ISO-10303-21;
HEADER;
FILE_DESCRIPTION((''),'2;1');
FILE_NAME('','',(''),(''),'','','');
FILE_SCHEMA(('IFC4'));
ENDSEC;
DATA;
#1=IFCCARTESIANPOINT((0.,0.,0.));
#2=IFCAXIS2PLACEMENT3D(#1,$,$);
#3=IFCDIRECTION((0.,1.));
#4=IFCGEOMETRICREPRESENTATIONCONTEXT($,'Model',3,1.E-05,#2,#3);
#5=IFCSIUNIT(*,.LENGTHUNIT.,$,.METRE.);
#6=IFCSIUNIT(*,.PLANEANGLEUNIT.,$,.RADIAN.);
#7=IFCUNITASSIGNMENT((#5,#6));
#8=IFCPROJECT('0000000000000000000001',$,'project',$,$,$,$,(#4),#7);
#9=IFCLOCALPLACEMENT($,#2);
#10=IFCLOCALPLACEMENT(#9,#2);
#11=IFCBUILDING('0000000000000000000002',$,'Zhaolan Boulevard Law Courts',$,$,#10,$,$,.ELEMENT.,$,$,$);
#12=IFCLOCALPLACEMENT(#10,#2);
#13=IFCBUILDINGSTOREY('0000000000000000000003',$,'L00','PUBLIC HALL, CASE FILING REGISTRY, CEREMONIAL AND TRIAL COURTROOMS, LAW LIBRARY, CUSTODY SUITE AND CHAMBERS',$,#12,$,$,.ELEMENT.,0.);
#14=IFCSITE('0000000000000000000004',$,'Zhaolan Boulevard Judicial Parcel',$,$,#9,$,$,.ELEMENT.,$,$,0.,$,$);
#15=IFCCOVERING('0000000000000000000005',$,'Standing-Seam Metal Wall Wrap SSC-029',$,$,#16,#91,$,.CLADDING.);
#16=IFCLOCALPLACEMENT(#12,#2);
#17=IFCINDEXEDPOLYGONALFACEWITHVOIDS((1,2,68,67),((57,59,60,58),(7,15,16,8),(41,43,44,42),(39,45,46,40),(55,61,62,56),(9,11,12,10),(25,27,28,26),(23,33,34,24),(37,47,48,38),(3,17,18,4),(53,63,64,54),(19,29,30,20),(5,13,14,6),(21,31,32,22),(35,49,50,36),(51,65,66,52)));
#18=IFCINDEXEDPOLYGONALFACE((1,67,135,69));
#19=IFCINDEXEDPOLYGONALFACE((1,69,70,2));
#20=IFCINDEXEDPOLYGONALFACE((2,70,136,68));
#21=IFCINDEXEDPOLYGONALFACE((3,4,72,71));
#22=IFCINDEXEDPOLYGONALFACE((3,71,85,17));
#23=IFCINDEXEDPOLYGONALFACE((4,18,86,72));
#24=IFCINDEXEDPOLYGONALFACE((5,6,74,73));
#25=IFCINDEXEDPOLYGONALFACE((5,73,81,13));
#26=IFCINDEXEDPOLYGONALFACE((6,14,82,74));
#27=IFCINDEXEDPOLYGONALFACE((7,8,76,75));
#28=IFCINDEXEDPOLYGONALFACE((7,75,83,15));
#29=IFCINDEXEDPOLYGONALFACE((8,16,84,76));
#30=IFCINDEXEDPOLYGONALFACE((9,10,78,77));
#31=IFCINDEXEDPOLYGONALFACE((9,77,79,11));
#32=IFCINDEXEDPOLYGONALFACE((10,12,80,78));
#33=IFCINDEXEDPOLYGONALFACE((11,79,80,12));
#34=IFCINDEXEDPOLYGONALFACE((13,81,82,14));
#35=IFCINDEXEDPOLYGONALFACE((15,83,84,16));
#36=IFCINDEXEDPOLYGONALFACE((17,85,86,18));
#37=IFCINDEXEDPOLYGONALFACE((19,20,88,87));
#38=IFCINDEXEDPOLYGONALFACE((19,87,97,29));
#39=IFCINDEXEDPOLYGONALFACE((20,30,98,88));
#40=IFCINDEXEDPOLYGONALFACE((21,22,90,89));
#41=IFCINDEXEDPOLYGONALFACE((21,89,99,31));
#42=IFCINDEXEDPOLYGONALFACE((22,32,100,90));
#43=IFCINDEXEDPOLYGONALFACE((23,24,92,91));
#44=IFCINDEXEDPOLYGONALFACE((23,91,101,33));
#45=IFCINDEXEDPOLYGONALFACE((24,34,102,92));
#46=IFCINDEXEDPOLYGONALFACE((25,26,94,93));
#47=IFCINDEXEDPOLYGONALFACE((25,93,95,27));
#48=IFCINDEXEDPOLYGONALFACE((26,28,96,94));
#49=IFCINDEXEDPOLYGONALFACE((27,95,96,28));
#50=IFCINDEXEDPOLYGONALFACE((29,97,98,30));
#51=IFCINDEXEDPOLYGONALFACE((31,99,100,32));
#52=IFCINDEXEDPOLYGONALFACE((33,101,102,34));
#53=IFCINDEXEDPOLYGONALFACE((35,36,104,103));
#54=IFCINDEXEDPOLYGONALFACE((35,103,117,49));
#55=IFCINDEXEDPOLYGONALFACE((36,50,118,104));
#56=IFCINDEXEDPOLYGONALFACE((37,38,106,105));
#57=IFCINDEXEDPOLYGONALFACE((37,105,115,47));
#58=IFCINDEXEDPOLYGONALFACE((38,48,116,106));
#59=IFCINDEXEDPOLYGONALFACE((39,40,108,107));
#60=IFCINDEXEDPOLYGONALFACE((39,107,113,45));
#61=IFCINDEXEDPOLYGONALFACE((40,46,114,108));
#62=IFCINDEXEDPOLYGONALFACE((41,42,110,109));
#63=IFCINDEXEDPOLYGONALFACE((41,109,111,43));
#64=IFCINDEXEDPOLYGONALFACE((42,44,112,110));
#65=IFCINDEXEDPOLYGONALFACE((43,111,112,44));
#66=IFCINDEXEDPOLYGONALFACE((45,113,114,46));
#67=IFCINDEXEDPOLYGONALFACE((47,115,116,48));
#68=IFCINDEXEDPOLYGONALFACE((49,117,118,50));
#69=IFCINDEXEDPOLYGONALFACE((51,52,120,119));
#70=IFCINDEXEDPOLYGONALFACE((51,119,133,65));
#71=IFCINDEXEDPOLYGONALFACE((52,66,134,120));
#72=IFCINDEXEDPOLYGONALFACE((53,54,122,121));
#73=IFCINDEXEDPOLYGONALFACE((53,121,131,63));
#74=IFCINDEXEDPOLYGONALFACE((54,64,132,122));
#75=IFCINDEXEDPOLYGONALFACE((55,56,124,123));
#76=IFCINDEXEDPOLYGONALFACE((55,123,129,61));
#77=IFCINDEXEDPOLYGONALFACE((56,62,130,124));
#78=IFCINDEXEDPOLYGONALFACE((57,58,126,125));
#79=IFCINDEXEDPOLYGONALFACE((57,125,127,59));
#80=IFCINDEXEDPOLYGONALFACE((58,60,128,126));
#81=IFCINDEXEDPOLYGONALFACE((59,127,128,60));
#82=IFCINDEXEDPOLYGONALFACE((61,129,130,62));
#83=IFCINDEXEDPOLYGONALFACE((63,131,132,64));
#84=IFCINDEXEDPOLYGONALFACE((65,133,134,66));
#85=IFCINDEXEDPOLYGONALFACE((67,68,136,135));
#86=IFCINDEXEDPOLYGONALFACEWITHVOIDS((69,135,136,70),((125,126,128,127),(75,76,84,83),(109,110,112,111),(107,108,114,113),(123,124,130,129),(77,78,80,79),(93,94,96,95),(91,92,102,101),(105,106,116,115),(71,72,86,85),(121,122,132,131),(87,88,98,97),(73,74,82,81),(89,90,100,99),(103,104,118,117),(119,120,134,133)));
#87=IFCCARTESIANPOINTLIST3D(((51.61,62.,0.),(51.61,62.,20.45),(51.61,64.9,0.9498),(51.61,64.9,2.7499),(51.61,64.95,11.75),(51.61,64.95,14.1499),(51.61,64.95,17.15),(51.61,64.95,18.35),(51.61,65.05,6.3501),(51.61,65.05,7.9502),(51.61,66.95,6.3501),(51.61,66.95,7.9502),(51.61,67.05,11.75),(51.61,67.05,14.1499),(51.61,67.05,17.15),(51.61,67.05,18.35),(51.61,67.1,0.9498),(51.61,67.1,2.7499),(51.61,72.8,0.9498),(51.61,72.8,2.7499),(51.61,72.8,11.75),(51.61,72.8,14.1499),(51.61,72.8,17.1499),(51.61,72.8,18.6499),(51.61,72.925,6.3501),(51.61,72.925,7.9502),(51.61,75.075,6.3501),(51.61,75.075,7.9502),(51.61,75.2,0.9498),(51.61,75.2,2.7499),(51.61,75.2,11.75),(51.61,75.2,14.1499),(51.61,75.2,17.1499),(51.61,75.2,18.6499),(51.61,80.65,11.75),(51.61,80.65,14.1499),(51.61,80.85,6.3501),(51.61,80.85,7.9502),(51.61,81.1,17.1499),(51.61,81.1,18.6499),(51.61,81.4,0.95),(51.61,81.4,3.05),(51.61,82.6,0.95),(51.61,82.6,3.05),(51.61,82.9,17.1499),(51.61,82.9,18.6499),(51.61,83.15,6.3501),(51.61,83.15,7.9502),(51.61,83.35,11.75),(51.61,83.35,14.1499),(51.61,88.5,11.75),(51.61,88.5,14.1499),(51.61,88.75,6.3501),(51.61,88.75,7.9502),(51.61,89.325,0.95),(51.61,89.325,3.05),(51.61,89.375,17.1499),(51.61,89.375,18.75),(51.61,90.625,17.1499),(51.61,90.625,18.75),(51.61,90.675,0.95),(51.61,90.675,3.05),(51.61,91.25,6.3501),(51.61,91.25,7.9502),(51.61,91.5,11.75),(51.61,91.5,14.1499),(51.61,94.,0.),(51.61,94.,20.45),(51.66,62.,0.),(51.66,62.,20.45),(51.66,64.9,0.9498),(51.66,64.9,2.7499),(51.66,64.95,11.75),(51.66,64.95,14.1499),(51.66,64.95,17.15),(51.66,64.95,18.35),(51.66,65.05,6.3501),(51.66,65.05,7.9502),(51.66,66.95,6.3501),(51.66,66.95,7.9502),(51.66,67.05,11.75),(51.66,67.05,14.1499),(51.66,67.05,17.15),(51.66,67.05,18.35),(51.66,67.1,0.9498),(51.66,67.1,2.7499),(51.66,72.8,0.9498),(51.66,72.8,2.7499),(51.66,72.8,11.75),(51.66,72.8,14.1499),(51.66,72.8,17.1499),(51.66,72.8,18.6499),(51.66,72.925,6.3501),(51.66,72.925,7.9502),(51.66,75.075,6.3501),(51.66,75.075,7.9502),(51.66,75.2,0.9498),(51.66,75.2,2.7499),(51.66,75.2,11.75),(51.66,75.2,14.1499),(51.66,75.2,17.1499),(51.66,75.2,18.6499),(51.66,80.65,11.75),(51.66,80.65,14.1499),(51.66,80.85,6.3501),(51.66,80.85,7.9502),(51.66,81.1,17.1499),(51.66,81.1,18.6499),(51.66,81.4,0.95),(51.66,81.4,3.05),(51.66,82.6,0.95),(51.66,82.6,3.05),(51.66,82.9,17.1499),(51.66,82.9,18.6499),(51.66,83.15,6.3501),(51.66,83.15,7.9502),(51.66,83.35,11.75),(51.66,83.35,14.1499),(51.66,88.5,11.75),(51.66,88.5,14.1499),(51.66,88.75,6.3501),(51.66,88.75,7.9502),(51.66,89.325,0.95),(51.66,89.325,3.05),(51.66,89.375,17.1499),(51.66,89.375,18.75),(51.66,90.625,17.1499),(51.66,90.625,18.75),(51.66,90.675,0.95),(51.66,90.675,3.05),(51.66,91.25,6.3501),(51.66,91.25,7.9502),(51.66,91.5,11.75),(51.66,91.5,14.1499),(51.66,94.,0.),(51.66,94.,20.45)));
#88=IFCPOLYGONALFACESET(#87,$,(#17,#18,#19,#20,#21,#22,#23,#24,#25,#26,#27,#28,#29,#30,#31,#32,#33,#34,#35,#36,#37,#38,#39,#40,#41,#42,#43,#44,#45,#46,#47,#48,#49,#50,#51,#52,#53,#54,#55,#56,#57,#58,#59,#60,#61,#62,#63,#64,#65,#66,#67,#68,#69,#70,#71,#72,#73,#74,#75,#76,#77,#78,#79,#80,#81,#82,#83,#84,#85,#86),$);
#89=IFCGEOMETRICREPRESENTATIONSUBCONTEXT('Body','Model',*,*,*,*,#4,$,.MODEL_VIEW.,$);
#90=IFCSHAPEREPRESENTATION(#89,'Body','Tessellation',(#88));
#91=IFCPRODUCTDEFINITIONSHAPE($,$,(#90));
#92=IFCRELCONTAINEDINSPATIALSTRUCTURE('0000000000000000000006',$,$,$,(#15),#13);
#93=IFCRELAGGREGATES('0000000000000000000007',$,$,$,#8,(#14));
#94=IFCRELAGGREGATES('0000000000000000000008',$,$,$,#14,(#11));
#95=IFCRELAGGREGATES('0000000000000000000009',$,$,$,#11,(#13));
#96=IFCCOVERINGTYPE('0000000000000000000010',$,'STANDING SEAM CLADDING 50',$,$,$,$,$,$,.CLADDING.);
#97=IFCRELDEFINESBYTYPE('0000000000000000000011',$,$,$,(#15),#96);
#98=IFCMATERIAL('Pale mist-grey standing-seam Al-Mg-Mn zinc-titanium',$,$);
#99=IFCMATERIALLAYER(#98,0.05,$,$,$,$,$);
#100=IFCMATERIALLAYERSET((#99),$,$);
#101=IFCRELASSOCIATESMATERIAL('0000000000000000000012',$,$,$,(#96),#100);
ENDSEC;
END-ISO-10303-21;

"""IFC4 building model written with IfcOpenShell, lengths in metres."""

from ifc_helpers import new_model, si_unit, direction, frame, frame_2d, origin, place, context, subcontext, project, spatial, rectangle, extrude, material, layer, layer_set, type_object, element, save


model = new_model("IFC4")

# Units and contexts
model_context = context("Model", 3, precision=1e-05, world=origin(), true_north=direction((0.0, 1.0)))
body_context = subcontext(model_context, "Body", "Model", "MODEL_VIEW")
ifc_project = project(units=[si_unit("LENGTHUNIT", "METRE"), si_unit("PLANEANGLEUNIT", "RADIAN")], contexts=[model_context])

# Site, building, storey
site_placement = place(None, origin())
site = spatial("IfcSite", under=ifc_project, at=site_placement, Name="Zhaolan Boulevard Judicial Parcel", CompositionType="ELEMENT", RefElevation=0.0)
building_placement = place(site_placement, origin())
building = spatial("IfcBuilding", under=site, at=building_placement, Name="Zhaolan Boulevard Law Courts", CompositionType="ELEMENT")
storey_placement = place(building_placement, origin())
storey = spatial("IfcBuildingStorey", under=building, at=storey_placement, Name="L00", Description="PUBLIC HALL, CASE FILING REGISTRY, CEREMONIAL AND TRIAL COURTROOMS, LAW LIBRARY, CUSTODY SUITE AND CHAMBERS", CompositionType="ELEMENT", Elevation=0.0)

# Covering, openings
ifc_material_1 = material(Name="Pale mist-grey standing-seam Al-Mg-Mn zinc-titanium")
ifc_layer_1 = layer(ifc_material_1, 0.05)
ifc_layer_set_1 = layer_set([ifc_layer_1])
covering_type = type_object("IfcCoveringType", Name="STANDING SEAM CLADDING 50", PredefinedType="CLADDING", material=ifc_layer_set_1)
covering_placement = place(storey_placement, frame((51.635, 94.0, 0.0), z_axis=(0.0, 0.0, 1.0), x_axis=(0.0, -1.0, 0.0)))
covering = element("IfcCovering", 1, at=covering_placement, inside=storey, type_object=covering_type, Name="Standing-Seam Metal Wall Wrap SSC-029", PredefinedType="CLADDING", context=body_context, shape_type="SweptSolid", body=[
    extrude(rectangle(XDim=32.0, YDim=0.05, at=frame_2d((16.0, 0.0))), origin(), (0.0, 0.0, 1.0), 20.45),
])
opening_1_placement = place(storey_placement, frame((51.635, 67.1001, 0.95), z_axis=(0.0, 0.0, 1.0), x_axis=(0.0, -1.0, 0.0)))
element("IfcOpeningElement", 2, at=opening_1_placement, cuts=covering, PredefinedType="OPENING", context=body_context, shape_type="SweptSolid", body=[
    extrude(rectangle(XDim=2.2, YDim=1.8, at=frame_2d((1.1001, 0.8999))), frame((0.0, 0.1499, 0.0), z_axis=(0.0, -1.0, 0.0), x_axis=(1.0, 0.0, 0.0)), (0.0, 0.0, 1.0), 0.3),
])
opening_2_placement = place(storey_placement, frame((51.635, 75.2, 0.95), z_axis=(0.0, 0.0, 1.0), x_axis=(0.0, -1.0, 0.0)))
element("IfcOpeningElement", 3, at=opening_2_placement, cuts=covering, PredefinedType="OPENING", context=body_context, shape_type="SweptSolid", body=[
    extrude(rectangle(XDim=2.3999, YDim=1.8, at=frame_2d((1.2, 0.8999))), frame((0.0, 0.1499, 0.0), z_axis=(0.0, -1.0, 0.0), x_axis=(1.0, 0.0, 0.0)), (0.0, 0.0, 1.0), 0.3),
])
opening_3_placement = place(storey_placement, frame((51.635, 82.6001, 0.95), z_axis=(0.0, 0.0, 1.0), x_axis=(0.0, -1.0, 0.0)))
element("IfcOpeningElement", 4, at=opening_3_placement, cuts=covering, PredefinedType="OPENING", context=body_context, shape_type="SweptSolid", body=[
    extrude(rectangle(XDim=1.2, YDim=2.1001, at=frame_2d((0.6001, 1.05))), frame((0.0, 0.1499, 0.0), z_axis=(0.0, -1.0, 0.0), x_axis=(1.0, 0.0, 0.0)), (0.0, 0.0, 1.0), 0.3),
])
opening_4_placement = place(storey_placement, frame((51.635, 90.675, 0.95), z_axis=(0.0, 0.0, 1.0), x_axis=(0.0, -1.0, 0.0)))
element("IfcOpeningElement", 5, at=opening_4_placement, cuts=covering, PredefinedType="OPENING", context=body_context, shape_type="SweptSolid", body=[
    extrude(rectangle(XDim=1.3501, YDim=2.1001, at=frame_2d((0.675, 1.05))), frame((0.0, 0.1499, 0.0), z_axis=(0.0, -1.0, 0.0), x_axis=(1.0, 0.0, 0.0)), (0.0, 0.0, 1.0), 0.3),
])
opening_5_placement = place(storey_placement, frame((51.635, 66.95, 6.3501), z_axis=(0.0, 0.0, 1.0), x_axis=(0.0, -1.0, 0.0)))
element("IfcOpeningElement", 6, at=opening_5_placement, cuts=covering, PredefinedType="OPENING", context=body_context, shape_type="SweptSolid", body=[
    extrude(rectangle(XDim=1.8999, YDim=1.6001, at=frame_2d((0.95, 0.8))), frame((0.0, 0.1499, 0.0), z_axis=(0.0, -1.0, 0.0), x_axis=(1.0, 0.0, 0.0)), (0.0, 0.0, 1.0), 0.3),
])
opening_6_placement = place(storey_placement, frame((51.635, 75.075, 6.3501), z_axis=(0.0, 0.0, 1.0), x_axis=(0.0, -1.0, 0.0)))
element("IfcOpeningElement", 7, at=opening_6_placement, cuts=covering, PredefinedType="OPENING", context=body_context, shape_type="SweptSolid", body=[
    extrude(rectangle(XDim=2.1499, YDim=1.6001, at=frame_2d((1.075, 0.8))), frame((0.0, 0.1499, 0.0), z_axis=(0.0, -1.0, 0.0), x_axis=(1.0, 0.0, 0.0)), (0.0, 0.0, 1.0), 0.3),
])
opening_7_placement = place(storey_placement, frame((51.635, 83.1499, 6.3501), z_axis=(0.0, 0.0, 1.0), x_axis=(0.0, -1.0, 0.0)))
element("IfcOpeningElement", 8, at=opening_7_placement, cuts=covering, PredefinedType="OPENING", context=body_context, shape_type="SweptSolid", body=[
    extrude(rectangle(XDim=2.3, YDim=1.6001, at=frame_2d((1.1499, 0.8))), frame((0.0, 0.1499, 0.0), z_axis=(0.0, -1.0, 0.0), x_axis=(1.0, 0.0, 0.0)), (0.0, 0.0, 1.0), 0.3),
])
opening_8_placement = place(storey_placement, frame((51.635, 91.25, 6.3501), z_axis=(0.0, 0.0, 1.0), x_axis=(0.0, -1.0, 0.0)))
element("IfcOpeningElement", 9, at=opening_8_placement, cuts=covering, PredefinedType="OPENING", context=body_context, shape_type="SweptSolid", body=[
    extrude(rectangle(XDim=2.5, YDim=1.6001, at=frame_2d((1.25, 0.8))), frame((0.0, 0.1499, 0.0), z_axis=(0.0, -1.0, 0.0), x_axis=(1.0, 0.0, 0.0)), (0.0, 0.0, 1.0), 0.3),
])
opening_9_placement = place(storey_placement, frame((51.635, 67.05, 11.75), z_axis=(0.0, 0.0, 1.0), x_axis=(0.0, -1.0, 0.0)))
element("IfcOpeningElement", 10, at=opening_9_placement, cuts=covering, PredefinedType="OPENING", context=body_context, shape_type="SweptSolid", body=[
    extrude(rectangle(XDim=2.1001, YDim=2.3999, at=frame_2d((1.05, 1.2))), frame((0.0, 0.1499, 0.0), z_axis=(0.0, -1.0, 0.0), x_axis=(1.0, 0.0, 0.0)), (0.0, 0.0, 1.0), 0.3),
])
opening_10_placement = place(storey_placement, frame((51.635, 75.2, 11.75), z_axis=(0.0, 0.0, 1.0), x_axis=(0.0, -1.0, 0.0)))
element("IfcOpeningElement", 11, at=opening_10_placement, cuts=covering, PredefinedType="OPENING", context=body_context, shape_type="SweptSolid", body=[
    extrude(rectangle(XDim=2.3999, YDim=2.3999, at=frame_2d((1.2, 1.2))), frame((0.0, 0.1499, 0.0), z_axis=(0.0, -1.0, 0.0), x_axis=(1.0, 0.0, 0.0)), (0.0, 0.0, 1.0), 0.3),
])
opening_11_placement = place(storey_placement, frame((51.635, 83.3501, 11.75), z_axis=(0.0, 0.0, 1.0), x_axis=(0.0, -1.0, 0.0)))
element("IfcOpeningElement", 12, at=opening_11_placement, cuts=covering, PredefinedType="OPENING", context=body_context, shape_type="SweptSolid", body=[
    extrude(rectangle(XDim=2.7, YDim=2.3999, at=frame_2d((1.3501, 1.2))), frame((0.0, 0.1499, 0.0), z_axis=(0.0, -1.0, 0.0), x_axis=(1.0, 0.0, 0.0)), (0.0, 0.0, 1.0), 0.3),
])
opening_12_placement = place(storey_placement, frame((51.635, 91.5, 11.75), z_axis=(0.0, 0.0, 1.0), x_axis=(0.0, -1.0, 0.0)))
element("IfcOpeningElement", 13, at=opening_12_placement, cuts=covering, PredefinedType="OPENING", context=body_context, shape_type="SweptSolid", body=[
    extrude(rectangle(XDim=3.0, YDim=2.3999, at=frame_2d((1.5, 1.2))), frame((0.0, 0.1499, 0.0), z_axis=(0.0, -1.0, 0.0), x_axis=(1.0, 0.0, 0.0)), (0.0, 0.0, 1.0), 0.3),
])
opening_13_placement = place(storey_placement, frame((51.635, 67.05, 17.1499), z_axis=(0.0, 0.0, 1.0), x_axis=(0.0, -1.0, 0.0)))
element("IfcOpeningElement", 14, at=opening_13_placement, cuts=covering, PredefinedType="OPENING", context=body_context, shape_type="SweptSolid", body=[
    extrude(rectangle(XDim=2.1001, YDim=1.2, at=frame_2d((1.05, 0.6001))), frame((0.0, 0.1499, 0.0), z_axis=(0.0, -1.0, 0.0), x_axis=(1.0, 0.0, 0.0)), (0.0, 0.0, 1.0), 0.3),
])
opening_14_placement = place(storey_placement, frame((51.635, 75.2, 17.1499), z_axis=(0.0, 0.0, 1.0), x_axis=(0.0, -1.0, 0.0)))
element("IfcOpeningElement", 15, at=opening_14_placement, cuts=covering, PredefinedType="OPENING", context=body_context, shape_type="SweptSolid", body=[
    extrude(rectangle(XDim=2.3999, YDim=1.5, at=frame_2d((1.2, 0.75))), frame((0.0, 0.1499, 0.0), z_axis=(0.0, -1.0, 0.0), x_axis=(1.0, 0.0, 0.0)), (0.0, 0.0, 1.0), 0.3),
])
opening_15_placement = place(storey_placement, frame((51.635, 82.8999, 17.1499), z_axis=(0.0, 0.0, 1.0), x_axis=(0.0, -1.0, 0.0)))
element("IfcOpeningElement", 16, at=opening_15_placement, cuts=covering, PredefinedType="OPENING", context=body_context, shape_type="SweptSolid", body=[
    extrude(rectangle(XDim=1.8, YDim=1.5, at=frame_2d((0.8999, 0.75))), frame((0.0, 0.1499, 0.0), z_axis=(0.0, -1.0, 0.0), x_axis=(1.0, 0.0, 0.0)), (0.0, 0.0, 1.0), 0.3),
])
opening_16_placement = place(storey_placement, frame((51.635, 90.625, 17.1499), z_axis=(0.0, 0.0, 1.0), x_axis=(0.0, -1.0, 0.0)))
element("IfcOpeningElement", 17, at=opening_16_placement, cuts=covering, PredefinedType="OPENING", context=body_context, shape_type="SweptSolid", body=[
    extrude(rectangle(XDim=1.25, YDim=1.6001, at=frame_2d((0.625, 0.8))), frame((0.0, 0.1499, 0.0), z_axis=(0.0, -1.0, 0.0), x_axis=(1.0, 0.0, 0.0)), (0.0, 0.0, 1.0), 0.3),
])

save(model, "model.ifc")
